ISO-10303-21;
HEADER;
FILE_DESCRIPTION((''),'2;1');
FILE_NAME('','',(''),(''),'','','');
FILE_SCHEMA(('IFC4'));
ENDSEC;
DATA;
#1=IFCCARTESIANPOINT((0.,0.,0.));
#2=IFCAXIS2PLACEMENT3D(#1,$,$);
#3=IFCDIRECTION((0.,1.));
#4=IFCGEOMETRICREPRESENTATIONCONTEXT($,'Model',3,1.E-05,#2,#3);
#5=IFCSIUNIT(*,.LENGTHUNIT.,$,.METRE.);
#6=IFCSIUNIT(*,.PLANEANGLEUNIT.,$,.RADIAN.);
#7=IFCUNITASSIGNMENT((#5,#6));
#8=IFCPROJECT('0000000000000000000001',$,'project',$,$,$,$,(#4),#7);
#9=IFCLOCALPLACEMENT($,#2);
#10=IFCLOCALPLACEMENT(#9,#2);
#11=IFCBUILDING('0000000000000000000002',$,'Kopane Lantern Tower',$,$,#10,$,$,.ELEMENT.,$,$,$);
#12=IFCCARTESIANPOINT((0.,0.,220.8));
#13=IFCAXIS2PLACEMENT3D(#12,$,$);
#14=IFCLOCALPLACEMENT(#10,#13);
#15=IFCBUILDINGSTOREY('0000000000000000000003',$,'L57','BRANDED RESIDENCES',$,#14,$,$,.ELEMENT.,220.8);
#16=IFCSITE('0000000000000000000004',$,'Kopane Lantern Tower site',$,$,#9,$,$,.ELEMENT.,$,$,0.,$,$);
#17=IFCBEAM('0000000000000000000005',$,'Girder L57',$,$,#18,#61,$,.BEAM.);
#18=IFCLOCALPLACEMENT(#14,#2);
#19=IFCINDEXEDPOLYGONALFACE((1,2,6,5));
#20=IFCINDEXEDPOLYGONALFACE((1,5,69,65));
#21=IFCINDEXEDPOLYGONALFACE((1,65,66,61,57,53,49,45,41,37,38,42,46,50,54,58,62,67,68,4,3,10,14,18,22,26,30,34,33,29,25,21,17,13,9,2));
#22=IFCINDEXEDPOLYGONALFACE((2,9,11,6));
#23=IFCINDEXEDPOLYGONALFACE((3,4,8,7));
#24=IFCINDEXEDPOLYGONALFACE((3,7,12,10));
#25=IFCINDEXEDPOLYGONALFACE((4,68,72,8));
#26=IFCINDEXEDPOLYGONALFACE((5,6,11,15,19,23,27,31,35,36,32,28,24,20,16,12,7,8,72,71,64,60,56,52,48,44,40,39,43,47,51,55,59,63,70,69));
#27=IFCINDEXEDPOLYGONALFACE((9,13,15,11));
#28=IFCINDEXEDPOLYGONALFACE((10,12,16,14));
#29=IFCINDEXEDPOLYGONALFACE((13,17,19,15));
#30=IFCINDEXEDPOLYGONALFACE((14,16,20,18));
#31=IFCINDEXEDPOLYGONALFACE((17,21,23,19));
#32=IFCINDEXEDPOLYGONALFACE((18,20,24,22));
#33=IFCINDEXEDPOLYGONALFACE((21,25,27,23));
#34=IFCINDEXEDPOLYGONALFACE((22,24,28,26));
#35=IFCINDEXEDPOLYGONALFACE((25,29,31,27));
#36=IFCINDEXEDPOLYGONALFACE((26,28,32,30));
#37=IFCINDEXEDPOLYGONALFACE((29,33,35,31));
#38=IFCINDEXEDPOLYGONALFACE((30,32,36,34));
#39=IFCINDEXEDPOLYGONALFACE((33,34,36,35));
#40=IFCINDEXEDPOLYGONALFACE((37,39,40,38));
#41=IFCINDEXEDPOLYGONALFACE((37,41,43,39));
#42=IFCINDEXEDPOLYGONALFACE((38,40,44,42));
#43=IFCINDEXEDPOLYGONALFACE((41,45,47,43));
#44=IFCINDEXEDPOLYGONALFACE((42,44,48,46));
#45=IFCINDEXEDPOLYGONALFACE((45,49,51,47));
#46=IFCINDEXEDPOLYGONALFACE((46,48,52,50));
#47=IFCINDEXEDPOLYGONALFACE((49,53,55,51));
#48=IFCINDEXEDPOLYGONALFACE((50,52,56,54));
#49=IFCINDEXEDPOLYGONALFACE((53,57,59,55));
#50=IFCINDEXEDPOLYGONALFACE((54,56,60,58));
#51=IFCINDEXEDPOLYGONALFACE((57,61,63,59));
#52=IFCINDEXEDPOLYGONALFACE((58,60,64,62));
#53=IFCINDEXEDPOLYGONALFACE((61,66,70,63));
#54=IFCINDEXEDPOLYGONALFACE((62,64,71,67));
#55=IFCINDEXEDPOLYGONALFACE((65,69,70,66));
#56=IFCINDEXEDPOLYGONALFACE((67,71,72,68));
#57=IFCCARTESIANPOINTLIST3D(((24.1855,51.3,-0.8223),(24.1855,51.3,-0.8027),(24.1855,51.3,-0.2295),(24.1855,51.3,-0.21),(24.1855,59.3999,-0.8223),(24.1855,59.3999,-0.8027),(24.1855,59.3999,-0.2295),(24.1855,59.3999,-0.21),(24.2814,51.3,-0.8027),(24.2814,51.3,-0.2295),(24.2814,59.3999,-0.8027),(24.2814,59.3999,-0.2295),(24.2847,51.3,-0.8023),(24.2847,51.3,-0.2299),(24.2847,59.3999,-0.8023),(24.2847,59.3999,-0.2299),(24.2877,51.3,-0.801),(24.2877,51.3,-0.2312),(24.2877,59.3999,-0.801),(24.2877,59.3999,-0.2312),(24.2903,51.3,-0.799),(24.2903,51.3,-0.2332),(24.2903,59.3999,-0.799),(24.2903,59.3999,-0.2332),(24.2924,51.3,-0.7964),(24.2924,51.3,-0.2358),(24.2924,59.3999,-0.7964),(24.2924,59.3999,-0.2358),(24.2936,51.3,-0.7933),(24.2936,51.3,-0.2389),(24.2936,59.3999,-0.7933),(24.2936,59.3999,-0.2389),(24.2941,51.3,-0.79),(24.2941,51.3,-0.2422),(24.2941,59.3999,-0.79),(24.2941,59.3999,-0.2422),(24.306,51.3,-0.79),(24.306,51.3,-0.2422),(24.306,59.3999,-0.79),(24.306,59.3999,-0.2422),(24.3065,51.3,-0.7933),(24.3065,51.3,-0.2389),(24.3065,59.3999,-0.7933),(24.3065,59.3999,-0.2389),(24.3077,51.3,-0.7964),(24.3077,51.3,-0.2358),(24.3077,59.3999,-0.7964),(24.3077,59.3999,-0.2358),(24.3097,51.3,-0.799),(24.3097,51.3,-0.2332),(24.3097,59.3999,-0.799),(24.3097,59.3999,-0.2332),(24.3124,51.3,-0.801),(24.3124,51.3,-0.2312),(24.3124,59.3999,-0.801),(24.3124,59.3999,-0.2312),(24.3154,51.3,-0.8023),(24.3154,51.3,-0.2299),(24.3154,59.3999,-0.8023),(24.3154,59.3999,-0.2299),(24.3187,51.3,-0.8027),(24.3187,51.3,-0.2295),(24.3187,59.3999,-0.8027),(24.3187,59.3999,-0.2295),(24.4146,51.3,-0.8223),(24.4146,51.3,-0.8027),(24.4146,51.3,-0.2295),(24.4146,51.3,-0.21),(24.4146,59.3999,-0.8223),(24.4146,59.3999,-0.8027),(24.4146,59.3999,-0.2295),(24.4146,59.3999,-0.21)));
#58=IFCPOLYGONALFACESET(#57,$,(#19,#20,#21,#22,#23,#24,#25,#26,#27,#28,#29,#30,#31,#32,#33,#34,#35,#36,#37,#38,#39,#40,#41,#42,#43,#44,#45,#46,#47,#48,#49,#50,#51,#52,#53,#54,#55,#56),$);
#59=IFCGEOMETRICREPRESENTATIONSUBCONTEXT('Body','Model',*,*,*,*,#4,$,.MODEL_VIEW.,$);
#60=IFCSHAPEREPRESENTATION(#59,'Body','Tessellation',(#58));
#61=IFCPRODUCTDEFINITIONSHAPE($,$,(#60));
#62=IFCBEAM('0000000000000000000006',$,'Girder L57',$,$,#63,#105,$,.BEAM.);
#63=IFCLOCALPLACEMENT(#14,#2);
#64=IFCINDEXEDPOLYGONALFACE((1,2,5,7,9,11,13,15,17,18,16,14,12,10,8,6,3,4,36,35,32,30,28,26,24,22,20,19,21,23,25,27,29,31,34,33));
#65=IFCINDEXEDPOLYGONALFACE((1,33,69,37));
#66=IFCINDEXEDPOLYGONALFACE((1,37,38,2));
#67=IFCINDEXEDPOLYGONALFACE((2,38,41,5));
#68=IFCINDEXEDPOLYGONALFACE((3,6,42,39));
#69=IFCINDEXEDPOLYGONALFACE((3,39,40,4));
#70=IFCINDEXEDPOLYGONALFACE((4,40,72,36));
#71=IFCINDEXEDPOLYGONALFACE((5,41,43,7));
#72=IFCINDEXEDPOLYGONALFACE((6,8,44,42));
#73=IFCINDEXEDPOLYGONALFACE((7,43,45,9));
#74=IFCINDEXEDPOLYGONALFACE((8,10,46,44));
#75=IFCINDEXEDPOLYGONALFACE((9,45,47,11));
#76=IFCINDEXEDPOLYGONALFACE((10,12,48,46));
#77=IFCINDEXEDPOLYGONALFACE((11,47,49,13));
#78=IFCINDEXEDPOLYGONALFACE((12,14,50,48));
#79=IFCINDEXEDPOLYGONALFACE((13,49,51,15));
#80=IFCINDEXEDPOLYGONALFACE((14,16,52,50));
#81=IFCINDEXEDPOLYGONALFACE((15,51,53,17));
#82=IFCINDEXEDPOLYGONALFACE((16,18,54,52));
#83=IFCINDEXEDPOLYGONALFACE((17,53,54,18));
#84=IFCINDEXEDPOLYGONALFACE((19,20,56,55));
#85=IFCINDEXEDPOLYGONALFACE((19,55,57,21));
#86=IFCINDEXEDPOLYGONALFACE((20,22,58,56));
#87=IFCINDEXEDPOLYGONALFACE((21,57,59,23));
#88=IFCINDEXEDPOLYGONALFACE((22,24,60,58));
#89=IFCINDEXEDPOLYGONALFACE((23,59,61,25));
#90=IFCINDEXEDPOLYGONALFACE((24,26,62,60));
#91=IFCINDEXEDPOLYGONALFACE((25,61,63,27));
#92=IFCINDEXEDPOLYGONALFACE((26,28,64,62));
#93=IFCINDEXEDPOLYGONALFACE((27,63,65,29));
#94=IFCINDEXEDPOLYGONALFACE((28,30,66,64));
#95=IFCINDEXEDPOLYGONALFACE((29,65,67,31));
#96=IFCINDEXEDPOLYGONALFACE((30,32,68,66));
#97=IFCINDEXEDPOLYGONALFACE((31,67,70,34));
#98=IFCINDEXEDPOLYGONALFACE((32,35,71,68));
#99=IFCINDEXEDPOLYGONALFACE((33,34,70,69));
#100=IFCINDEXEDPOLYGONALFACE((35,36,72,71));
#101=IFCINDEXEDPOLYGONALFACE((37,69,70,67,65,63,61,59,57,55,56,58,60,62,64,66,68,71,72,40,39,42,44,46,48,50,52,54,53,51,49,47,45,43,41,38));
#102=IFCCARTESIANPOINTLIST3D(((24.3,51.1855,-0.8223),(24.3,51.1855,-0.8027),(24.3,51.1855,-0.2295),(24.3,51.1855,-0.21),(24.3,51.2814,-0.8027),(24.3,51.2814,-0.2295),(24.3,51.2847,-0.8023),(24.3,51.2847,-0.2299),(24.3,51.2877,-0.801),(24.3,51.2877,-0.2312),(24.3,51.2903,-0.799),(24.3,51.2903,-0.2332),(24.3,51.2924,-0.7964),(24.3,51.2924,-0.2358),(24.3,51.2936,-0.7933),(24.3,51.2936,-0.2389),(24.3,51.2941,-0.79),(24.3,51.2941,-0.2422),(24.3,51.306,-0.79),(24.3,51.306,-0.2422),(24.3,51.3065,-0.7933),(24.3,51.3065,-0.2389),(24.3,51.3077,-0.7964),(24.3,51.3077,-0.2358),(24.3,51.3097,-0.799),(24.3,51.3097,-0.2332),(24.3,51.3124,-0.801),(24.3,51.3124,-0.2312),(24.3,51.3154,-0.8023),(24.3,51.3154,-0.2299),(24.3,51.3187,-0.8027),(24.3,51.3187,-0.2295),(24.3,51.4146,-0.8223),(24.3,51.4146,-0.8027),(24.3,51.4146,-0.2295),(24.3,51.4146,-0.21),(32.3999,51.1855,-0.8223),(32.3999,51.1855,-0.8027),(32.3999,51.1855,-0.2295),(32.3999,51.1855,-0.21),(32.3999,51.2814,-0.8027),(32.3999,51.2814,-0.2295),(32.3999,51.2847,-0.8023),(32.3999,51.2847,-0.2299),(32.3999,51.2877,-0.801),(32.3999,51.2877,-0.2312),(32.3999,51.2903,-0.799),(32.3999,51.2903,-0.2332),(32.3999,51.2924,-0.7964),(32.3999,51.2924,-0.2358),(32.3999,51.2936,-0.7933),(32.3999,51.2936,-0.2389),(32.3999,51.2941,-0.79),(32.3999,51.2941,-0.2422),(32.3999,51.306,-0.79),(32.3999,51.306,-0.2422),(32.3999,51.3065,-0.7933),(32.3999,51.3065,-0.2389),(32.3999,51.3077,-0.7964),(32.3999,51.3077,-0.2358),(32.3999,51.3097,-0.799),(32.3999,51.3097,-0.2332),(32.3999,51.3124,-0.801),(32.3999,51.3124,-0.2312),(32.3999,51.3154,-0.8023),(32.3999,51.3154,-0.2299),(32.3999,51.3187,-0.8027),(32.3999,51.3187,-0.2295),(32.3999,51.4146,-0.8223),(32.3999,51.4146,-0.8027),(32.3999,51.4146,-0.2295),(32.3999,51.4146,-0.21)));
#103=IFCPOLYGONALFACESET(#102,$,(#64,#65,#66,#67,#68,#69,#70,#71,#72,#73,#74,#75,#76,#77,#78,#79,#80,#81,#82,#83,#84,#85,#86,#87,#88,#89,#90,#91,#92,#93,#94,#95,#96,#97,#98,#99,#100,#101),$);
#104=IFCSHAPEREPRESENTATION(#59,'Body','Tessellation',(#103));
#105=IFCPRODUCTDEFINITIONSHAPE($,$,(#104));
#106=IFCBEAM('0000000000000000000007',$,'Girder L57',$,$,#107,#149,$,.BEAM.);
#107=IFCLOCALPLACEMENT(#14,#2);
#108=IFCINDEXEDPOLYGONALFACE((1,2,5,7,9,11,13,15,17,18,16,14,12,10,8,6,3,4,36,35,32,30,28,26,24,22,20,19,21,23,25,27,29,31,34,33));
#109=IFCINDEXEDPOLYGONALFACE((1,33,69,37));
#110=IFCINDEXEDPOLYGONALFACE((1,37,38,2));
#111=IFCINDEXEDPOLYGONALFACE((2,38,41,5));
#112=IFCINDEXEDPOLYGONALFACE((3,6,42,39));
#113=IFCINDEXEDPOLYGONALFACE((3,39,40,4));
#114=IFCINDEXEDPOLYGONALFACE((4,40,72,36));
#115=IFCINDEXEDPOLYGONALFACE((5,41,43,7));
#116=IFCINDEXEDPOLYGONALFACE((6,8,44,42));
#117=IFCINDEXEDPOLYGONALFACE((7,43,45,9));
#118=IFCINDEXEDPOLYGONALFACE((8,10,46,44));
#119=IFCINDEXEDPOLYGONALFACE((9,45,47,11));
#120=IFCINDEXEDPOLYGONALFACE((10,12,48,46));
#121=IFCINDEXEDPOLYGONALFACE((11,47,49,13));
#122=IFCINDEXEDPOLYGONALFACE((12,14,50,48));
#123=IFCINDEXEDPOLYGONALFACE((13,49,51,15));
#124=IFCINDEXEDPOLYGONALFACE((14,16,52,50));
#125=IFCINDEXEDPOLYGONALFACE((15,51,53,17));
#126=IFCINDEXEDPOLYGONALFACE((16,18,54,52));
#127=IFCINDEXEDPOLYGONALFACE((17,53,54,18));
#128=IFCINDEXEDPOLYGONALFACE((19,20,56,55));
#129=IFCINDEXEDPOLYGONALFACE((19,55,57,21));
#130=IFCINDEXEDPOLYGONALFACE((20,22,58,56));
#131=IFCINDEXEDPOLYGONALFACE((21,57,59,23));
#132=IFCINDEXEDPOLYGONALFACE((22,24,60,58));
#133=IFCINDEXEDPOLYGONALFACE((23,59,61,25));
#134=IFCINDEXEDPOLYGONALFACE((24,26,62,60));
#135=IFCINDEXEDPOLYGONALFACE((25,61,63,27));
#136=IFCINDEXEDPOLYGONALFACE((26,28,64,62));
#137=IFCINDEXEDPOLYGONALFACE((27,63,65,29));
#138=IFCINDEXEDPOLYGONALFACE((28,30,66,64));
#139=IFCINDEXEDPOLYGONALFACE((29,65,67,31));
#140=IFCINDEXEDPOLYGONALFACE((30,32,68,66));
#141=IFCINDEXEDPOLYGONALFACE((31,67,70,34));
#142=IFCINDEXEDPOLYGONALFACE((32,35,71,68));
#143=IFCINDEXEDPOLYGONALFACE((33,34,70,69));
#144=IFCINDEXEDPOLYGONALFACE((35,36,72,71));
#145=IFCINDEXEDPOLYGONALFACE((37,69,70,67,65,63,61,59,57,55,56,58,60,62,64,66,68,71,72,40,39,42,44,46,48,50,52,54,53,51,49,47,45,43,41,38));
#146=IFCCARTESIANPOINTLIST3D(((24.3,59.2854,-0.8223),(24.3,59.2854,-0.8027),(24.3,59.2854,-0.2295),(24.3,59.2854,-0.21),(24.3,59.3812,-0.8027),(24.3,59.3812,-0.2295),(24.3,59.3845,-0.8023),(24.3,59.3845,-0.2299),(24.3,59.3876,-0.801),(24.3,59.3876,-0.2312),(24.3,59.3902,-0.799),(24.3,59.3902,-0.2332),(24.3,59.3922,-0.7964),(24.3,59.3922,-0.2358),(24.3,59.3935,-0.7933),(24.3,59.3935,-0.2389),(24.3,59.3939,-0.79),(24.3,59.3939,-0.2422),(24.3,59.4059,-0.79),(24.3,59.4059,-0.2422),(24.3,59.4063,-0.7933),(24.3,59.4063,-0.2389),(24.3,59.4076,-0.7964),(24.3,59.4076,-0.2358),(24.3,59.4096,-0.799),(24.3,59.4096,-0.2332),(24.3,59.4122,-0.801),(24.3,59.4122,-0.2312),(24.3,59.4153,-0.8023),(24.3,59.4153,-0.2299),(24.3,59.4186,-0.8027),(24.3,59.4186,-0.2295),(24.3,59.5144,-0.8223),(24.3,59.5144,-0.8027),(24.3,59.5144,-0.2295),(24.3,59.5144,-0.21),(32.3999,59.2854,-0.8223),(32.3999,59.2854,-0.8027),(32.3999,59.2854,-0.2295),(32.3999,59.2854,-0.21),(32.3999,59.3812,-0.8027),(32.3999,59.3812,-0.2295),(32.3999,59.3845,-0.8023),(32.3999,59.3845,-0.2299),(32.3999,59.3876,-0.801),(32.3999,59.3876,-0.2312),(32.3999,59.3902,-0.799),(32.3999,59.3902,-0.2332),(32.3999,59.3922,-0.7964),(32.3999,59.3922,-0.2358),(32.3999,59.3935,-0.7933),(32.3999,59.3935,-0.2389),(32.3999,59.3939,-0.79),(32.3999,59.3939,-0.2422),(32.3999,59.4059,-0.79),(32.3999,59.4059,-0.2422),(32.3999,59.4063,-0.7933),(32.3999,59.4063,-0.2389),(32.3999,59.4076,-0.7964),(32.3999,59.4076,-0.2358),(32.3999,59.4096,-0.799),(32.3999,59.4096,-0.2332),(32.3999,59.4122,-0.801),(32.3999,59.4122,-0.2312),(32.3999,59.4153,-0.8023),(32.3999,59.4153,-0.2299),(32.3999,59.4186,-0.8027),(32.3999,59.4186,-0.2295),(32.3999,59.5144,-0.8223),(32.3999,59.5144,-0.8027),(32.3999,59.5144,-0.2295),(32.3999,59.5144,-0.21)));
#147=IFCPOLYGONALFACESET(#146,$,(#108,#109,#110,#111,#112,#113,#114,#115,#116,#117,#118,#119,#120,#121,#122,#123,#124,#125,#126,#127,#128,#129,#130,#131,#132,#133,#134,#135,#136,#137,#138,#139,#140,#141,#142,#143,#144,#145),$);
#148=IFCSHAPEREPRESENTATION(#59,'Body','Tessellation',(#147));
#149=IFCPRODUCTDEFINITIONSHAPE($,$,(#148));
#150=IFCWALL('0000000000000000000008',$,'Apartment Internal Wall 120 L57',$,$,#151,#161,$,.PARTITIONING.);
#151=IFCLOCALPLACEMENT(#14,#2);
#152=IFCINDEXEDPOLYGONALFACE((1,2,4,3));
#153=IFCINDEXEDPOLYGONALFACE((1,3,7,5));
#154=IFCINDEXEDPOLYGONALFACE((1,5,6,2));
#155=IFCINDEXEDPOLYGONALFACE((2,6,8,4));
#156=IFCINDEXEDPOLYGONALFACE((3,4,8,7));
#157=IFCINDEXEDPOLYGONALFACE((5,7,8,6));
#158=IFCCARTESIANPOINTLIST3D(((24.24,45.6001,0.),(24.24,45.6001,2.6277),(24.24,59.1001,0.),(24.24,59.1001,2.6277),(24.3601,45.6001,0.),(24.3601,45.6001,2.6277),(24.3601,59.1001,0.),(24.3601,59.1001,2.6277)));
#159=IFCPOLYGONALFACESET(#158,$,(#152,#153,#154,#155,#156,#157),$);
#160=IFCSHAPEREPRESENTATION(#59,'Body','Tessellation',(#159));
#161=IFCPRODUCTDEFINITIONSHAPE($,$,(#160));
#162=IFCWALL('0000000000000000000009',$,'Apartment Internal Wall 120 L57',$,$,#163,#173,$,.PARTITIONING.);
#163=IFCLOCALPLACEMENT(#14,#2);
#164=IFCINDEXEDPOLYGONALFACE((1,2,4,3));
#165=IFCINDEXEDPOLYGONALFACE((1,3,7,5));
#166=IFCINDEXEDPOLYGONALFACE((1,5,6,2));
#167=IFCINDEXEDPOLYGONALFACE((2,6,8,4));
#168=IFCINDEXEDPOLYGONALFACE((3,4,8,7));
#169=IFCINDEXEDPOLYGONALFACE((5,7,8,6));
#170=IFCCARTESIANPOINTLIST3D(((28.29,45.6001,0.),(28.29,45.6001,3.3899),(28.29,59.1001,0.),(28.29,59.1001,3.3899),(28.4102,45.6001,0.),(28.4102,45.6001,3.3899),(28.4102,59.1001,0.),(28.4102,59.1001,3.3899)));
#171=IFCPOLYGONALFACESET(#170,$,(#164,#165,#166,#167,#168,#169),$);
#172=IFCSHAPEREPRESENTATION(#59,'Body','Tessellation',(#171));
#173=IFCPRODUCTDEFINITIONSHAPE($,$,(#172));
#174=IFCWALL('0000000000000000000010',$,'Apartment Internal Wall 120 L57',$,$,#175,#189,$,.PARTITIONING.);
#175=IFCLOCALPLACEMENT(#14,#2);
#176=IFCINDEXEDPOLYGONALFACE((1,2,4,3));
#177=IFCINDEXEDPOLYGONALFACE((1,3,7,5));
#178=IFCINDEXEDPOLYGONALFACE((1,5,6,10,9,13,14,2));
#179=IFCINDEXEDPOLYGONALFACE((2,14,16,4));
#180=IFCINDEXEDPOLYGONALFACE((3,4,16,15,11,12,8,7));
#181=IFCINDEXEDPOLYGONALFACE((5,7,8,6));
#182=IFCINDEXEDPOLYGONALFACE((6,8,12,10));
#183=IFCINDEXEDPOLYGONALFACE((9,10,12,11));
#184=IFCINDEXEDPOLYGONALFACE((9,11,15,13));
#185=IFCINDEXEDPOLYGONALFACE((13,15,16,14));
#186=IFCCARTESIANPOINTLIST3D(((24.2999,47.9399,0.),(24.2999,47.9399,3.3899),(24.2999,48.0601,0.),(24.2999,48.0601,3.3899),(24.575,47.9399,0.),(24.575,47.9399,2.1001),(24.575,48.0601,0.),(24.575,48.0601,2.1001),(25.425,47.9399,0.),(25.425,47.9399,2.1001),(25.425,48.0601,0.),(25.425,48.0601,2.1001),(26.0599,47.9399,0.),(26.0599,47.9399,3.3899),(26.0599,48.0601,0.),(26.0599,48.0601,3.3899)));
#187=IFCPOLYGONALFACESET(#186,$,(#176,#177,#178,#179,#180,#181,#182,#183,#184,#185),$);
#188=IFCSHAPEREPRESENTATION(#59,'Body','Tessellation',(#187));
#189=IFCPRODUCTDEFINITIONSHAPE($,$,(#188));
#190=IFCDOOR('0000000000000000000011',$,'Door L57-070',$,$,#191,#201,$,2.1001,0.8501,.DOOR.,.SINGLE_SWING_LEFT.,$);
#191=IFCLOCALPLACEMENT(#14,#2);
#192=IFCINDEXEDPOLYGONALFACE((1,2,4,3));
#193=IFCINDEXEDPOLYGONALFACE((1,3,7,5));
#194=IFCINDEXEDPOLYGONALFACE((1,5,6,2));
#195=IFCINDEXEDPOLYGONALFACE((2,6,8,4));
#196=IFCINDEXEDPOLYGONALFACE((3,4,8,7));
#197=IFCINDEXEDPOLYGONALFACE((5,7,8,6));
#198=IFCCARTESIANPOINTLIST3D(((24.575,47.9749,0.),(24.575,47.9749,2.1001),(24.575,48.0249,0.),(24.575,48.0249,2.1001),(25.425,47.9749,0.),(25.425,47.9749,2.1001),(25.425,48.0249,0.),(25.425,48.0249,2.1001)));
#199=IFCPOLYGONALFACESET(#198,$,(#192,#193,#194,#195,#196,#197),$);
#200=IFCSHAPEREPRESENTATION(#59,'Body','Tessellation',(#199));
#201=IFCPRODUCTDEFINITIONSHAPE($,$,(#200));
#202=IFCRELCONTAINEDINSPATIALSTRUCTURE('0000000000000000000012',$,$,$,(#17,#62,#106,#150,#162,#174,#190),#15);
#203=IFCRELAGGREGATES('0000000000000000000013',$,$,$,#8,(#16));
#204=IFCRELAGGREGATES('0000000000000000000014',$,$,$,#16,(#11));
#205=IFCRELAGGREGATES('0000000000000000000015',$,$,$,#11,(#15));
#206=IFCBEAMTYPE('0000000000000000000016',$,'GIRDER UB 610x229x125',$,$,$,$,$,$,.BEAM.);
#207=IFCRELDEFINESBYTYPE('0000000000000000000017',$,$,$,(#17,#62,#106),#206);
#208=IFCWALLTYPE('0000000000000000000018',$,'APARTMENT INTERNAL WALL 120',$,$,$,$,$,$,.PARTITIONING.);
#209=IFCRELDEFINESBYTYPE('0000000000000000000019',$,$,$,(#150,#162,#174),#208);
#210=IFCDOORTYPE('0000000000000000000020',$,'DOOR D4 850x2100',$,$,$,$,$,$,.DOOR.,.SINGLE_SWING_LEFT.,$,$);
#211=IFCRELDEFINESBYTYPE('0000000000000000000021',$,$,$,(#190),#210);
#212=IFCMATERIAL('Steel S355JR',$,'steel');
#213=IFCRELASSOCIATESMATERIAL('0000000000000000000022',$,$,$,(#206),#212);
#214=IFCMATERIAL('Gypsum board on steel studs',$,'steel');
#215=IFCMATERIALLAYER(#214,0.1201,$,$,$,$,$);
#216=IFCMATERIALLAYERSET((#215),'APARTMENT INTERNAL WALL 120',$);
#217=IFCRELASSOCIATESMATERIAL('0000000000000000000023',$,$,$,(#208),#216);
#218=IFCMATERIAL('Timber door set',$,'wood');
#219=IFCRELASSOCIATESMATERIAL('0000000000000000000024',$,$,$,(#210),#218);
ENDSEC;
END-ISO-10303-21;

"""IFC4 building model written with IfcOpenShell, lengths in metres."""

from ifc_helpers import new_model, si_unit, direction, frame, frame_2d, origin, origin_2d, place, context, subcontext, project, spatial, rectangle, i_section, extrude, material, layer, layer_set, material_profile, profile_set, type_object, element, fill, save


model = new_model("IFC4")

# Units and contexts
model_context = context("Model", 3, precision=1e-05, world=origin(), true_north=direction((0.0, 1.0)))
body_context = subcontext(model_context, "Body", "Model", "MODEL_VIEW")
ifc_project = project(units=[si_unit("LENGTHUNIT", "METRE"), si_unit("PLANEANGLEUNIT", "RADIAN")], contexts=[model_context])

# Site, building, storey
site_placement = place(None, origin())
site = spatial("IfcSite", under=ifc_project, at=site_placement, Name="Kopane Lantern Tower site", CompositionType="ELEMENT", RefElevation=0.0)
building_placement = place(site_placement, origin())
building = spatial("IfcBuilding", under=site, at=building_placement, Name="Kopane Lantern Tower", CompositionType="ELEMENT")
storey_placement = place(building_placement, frame((0.0, 0.0, 220.8)))
storey = spatial("IfcBuildingStorey", under=building, at=storey_placement, Name="L57", Description="BRANDED RESIDENCES", CompositionType="ELEMENT", Elevation=220.8)

# Beams
ifc_material_1 = material(Name="Steel S355JR", Category="steel")
ifc_material_profile_1 = material_profile(ifc_material_1, i_section(OverallWidth=0.229, OverallDepth=0.6123, WebThickness=0.012, FlangeThickness=0.0195, FilletRadius=0.0127, at=origin_2d()), Name="UB 610x229x125")
ifc_profile_set_1 = profile_set([ifc_material_profile_1], Name="Steel S355JR")
beam_type = type_object("IfcBeamType", Name="GIRDER UB 610x229x125", PredefinedType="BEAM", material=ifc_profile_set_1)
for number, where, z_axis, x_axis, name in (
    (1, (24.3, 51.3, -0.5161), (0.0, 1.0, 0.0), (-1.0, 0.0, 0.0), "Girder L57"),
    (2, (24.3, 51.3, -0.5161), (1.0, 0.0, 0.0), (0.0, 1.0, 0.0), "Girder L57"),
    (3, (24.3, 59.3999, -0.5161), (1.0, 0.0, 0.0), (0.0, 1.0, 0.0), "Girder L57"),
):
    element("IfcBeam", number, at=place(storey_placement, frame(where, z_axis=z_axis, x_axis=x_axis)), inside=storey, type_object=beam_type, Name=name, PredefinedType="BEAM", context=body_context, shape_type="SweptSolid", body=[
        extrude(i_section(OverallWidth=0.229, OverallDepth=0.6123, WebThickness=0.012, FlangeThickness=0.0195, FilletRadius=0.0127, at=origin_2d()), origin(), (0.0, 0.0, 1.0), 8.0999),
    ])

# Walls
ifc_material_2 = material(Name="Gypsum board on steel studs", Category="steel")
ifc_layer_1 = layer(ifc_material_2, 0.1201)
ifc_layer_set_1 = layer_set([ifc_layer_1], Name="APARTMENT INTERNAL WALL 120")
wall_type_1 = type_object("IfcWallType", Name="APARTMENT INTERNAL WALL 120", PredefinedType="PARTITIONING", material=ifc_layer_set_1)
wall_1_placement = place(storey_placement, frame((24.3, 45.6001, 0.0), z_axis=(0.0, 0.0, 1.0), x_axis=(0.0, 1.0, 0.0)))
element("IfcWall", 4, at=wall_1_placement, inside=storey, type_object=wall_type_1, Name="Apartment Internal Wall 120 L57", PredefinedType="PARTITIONING", context=body_context, shape_type="SweptSolid", body=[
    extrude(rectangle(XDim=13.5, YDim=0.1201, at=frame_2d((6.75, 0.0))), origin(), (0.0, 0.0, 1.0), 2.6277),
])
wall_2_placement = place(storey_placement, frame((28.3501, 45.6001, 0.0), z_axis=(0.0, 0.0, 1.0), x_axis=(0.0, 1.0, 0.0)))
element("IfcWall", 5, at=wall_2_placement, inside=storey, type_object=wall_type_1, Name="Apartment Internal Wall 120 L57", PredefinedType="PARTITIONING", context=body_context, shape_type="SweptSolid", body=[
    extrude(rectangle(XDim=13.5, YDim=0.1201, at=frame_2d((6.75, 0.0))), origin(), (0.0, 0.0, 1.0), 3.3899),
])

# Wall, opening, door
wall_3_placement = place(storey_placement, frame((24.3, 48.0, 0.0), z_axis=(0.0, 0.0, 1.0), x_axis=(1.0, 0.0, 0.0)))
wall_3 = element("IfcWall", 6, at=wall_3_placement, inside=storey, type_object=wall_type_1, Name="Apartment Internal Wall 120 L57", PredefinedType="PARTITIONING", context=body_context, shape_type="SweptSolid", body=[
    extrude(rectangle(XDim=1.76, YDim=0.1201, at=frame_2d((0.8799, 0.0))), origin(), (0.0, 0.0, 1.0), 3.3899),
])
opening_1_placement = place(wall_3_placement, frame((0.2749, 0.0, 0.0)))
opening_1 = element("IfcOpeningElement", 7, at=opening_1_placement, cuts=wall_3, PredefinedType="OPENING", context=body_context, shape_type="SweptSolid", body=[
    extrude(rectangle(XDim=0.8501, YDim=2.1001, at=frame_2d((0.425, 1.05))), frame((0.0, 0.0701, 0.0), z_axis=(0.0, -1.0, 0.0), x_axis=(1.0, 0.0, 0.0)), (0.0, 0.0, 1.0), 0.1401),
])
ifc_material_3 = material(Name="Timber door set", Category="wood")
door_type_1 = type_object("IfcDoorType", Name="DOOR D4 850x2100", OperationType="SINGLE_SWING_LEFT", PredefinedType="DOOR", material=ifc_material_3)
door_1_placement = place(opening_1_placement, origin())
door_1 = element("IfcDoor", 8, at=door_1_placement, inside=storey, type_object=door_type_1, Name="Door L57-070", OperationType="SINGLE_SWING_LEFT", OverallHeight=2.1001, OverallWidth=0.8501, PredefinedType="DOOR", context=body_context, shape_type="SweptSolid", body=[
    extrude(rectangle(XDim=0.8501, YDim=2.1001, at=frame_2d((0.425, 1.05))), frame((0.0, 0.0249, 0.0), z_axis=(0.0, -1.0, 0.0), x_axis=(1.0, 0.0, 0.0)), (0.0, 0.0, 1.0), 0.05),
])
fill(opening_1, door_1)

save(model, "model.ifc")
